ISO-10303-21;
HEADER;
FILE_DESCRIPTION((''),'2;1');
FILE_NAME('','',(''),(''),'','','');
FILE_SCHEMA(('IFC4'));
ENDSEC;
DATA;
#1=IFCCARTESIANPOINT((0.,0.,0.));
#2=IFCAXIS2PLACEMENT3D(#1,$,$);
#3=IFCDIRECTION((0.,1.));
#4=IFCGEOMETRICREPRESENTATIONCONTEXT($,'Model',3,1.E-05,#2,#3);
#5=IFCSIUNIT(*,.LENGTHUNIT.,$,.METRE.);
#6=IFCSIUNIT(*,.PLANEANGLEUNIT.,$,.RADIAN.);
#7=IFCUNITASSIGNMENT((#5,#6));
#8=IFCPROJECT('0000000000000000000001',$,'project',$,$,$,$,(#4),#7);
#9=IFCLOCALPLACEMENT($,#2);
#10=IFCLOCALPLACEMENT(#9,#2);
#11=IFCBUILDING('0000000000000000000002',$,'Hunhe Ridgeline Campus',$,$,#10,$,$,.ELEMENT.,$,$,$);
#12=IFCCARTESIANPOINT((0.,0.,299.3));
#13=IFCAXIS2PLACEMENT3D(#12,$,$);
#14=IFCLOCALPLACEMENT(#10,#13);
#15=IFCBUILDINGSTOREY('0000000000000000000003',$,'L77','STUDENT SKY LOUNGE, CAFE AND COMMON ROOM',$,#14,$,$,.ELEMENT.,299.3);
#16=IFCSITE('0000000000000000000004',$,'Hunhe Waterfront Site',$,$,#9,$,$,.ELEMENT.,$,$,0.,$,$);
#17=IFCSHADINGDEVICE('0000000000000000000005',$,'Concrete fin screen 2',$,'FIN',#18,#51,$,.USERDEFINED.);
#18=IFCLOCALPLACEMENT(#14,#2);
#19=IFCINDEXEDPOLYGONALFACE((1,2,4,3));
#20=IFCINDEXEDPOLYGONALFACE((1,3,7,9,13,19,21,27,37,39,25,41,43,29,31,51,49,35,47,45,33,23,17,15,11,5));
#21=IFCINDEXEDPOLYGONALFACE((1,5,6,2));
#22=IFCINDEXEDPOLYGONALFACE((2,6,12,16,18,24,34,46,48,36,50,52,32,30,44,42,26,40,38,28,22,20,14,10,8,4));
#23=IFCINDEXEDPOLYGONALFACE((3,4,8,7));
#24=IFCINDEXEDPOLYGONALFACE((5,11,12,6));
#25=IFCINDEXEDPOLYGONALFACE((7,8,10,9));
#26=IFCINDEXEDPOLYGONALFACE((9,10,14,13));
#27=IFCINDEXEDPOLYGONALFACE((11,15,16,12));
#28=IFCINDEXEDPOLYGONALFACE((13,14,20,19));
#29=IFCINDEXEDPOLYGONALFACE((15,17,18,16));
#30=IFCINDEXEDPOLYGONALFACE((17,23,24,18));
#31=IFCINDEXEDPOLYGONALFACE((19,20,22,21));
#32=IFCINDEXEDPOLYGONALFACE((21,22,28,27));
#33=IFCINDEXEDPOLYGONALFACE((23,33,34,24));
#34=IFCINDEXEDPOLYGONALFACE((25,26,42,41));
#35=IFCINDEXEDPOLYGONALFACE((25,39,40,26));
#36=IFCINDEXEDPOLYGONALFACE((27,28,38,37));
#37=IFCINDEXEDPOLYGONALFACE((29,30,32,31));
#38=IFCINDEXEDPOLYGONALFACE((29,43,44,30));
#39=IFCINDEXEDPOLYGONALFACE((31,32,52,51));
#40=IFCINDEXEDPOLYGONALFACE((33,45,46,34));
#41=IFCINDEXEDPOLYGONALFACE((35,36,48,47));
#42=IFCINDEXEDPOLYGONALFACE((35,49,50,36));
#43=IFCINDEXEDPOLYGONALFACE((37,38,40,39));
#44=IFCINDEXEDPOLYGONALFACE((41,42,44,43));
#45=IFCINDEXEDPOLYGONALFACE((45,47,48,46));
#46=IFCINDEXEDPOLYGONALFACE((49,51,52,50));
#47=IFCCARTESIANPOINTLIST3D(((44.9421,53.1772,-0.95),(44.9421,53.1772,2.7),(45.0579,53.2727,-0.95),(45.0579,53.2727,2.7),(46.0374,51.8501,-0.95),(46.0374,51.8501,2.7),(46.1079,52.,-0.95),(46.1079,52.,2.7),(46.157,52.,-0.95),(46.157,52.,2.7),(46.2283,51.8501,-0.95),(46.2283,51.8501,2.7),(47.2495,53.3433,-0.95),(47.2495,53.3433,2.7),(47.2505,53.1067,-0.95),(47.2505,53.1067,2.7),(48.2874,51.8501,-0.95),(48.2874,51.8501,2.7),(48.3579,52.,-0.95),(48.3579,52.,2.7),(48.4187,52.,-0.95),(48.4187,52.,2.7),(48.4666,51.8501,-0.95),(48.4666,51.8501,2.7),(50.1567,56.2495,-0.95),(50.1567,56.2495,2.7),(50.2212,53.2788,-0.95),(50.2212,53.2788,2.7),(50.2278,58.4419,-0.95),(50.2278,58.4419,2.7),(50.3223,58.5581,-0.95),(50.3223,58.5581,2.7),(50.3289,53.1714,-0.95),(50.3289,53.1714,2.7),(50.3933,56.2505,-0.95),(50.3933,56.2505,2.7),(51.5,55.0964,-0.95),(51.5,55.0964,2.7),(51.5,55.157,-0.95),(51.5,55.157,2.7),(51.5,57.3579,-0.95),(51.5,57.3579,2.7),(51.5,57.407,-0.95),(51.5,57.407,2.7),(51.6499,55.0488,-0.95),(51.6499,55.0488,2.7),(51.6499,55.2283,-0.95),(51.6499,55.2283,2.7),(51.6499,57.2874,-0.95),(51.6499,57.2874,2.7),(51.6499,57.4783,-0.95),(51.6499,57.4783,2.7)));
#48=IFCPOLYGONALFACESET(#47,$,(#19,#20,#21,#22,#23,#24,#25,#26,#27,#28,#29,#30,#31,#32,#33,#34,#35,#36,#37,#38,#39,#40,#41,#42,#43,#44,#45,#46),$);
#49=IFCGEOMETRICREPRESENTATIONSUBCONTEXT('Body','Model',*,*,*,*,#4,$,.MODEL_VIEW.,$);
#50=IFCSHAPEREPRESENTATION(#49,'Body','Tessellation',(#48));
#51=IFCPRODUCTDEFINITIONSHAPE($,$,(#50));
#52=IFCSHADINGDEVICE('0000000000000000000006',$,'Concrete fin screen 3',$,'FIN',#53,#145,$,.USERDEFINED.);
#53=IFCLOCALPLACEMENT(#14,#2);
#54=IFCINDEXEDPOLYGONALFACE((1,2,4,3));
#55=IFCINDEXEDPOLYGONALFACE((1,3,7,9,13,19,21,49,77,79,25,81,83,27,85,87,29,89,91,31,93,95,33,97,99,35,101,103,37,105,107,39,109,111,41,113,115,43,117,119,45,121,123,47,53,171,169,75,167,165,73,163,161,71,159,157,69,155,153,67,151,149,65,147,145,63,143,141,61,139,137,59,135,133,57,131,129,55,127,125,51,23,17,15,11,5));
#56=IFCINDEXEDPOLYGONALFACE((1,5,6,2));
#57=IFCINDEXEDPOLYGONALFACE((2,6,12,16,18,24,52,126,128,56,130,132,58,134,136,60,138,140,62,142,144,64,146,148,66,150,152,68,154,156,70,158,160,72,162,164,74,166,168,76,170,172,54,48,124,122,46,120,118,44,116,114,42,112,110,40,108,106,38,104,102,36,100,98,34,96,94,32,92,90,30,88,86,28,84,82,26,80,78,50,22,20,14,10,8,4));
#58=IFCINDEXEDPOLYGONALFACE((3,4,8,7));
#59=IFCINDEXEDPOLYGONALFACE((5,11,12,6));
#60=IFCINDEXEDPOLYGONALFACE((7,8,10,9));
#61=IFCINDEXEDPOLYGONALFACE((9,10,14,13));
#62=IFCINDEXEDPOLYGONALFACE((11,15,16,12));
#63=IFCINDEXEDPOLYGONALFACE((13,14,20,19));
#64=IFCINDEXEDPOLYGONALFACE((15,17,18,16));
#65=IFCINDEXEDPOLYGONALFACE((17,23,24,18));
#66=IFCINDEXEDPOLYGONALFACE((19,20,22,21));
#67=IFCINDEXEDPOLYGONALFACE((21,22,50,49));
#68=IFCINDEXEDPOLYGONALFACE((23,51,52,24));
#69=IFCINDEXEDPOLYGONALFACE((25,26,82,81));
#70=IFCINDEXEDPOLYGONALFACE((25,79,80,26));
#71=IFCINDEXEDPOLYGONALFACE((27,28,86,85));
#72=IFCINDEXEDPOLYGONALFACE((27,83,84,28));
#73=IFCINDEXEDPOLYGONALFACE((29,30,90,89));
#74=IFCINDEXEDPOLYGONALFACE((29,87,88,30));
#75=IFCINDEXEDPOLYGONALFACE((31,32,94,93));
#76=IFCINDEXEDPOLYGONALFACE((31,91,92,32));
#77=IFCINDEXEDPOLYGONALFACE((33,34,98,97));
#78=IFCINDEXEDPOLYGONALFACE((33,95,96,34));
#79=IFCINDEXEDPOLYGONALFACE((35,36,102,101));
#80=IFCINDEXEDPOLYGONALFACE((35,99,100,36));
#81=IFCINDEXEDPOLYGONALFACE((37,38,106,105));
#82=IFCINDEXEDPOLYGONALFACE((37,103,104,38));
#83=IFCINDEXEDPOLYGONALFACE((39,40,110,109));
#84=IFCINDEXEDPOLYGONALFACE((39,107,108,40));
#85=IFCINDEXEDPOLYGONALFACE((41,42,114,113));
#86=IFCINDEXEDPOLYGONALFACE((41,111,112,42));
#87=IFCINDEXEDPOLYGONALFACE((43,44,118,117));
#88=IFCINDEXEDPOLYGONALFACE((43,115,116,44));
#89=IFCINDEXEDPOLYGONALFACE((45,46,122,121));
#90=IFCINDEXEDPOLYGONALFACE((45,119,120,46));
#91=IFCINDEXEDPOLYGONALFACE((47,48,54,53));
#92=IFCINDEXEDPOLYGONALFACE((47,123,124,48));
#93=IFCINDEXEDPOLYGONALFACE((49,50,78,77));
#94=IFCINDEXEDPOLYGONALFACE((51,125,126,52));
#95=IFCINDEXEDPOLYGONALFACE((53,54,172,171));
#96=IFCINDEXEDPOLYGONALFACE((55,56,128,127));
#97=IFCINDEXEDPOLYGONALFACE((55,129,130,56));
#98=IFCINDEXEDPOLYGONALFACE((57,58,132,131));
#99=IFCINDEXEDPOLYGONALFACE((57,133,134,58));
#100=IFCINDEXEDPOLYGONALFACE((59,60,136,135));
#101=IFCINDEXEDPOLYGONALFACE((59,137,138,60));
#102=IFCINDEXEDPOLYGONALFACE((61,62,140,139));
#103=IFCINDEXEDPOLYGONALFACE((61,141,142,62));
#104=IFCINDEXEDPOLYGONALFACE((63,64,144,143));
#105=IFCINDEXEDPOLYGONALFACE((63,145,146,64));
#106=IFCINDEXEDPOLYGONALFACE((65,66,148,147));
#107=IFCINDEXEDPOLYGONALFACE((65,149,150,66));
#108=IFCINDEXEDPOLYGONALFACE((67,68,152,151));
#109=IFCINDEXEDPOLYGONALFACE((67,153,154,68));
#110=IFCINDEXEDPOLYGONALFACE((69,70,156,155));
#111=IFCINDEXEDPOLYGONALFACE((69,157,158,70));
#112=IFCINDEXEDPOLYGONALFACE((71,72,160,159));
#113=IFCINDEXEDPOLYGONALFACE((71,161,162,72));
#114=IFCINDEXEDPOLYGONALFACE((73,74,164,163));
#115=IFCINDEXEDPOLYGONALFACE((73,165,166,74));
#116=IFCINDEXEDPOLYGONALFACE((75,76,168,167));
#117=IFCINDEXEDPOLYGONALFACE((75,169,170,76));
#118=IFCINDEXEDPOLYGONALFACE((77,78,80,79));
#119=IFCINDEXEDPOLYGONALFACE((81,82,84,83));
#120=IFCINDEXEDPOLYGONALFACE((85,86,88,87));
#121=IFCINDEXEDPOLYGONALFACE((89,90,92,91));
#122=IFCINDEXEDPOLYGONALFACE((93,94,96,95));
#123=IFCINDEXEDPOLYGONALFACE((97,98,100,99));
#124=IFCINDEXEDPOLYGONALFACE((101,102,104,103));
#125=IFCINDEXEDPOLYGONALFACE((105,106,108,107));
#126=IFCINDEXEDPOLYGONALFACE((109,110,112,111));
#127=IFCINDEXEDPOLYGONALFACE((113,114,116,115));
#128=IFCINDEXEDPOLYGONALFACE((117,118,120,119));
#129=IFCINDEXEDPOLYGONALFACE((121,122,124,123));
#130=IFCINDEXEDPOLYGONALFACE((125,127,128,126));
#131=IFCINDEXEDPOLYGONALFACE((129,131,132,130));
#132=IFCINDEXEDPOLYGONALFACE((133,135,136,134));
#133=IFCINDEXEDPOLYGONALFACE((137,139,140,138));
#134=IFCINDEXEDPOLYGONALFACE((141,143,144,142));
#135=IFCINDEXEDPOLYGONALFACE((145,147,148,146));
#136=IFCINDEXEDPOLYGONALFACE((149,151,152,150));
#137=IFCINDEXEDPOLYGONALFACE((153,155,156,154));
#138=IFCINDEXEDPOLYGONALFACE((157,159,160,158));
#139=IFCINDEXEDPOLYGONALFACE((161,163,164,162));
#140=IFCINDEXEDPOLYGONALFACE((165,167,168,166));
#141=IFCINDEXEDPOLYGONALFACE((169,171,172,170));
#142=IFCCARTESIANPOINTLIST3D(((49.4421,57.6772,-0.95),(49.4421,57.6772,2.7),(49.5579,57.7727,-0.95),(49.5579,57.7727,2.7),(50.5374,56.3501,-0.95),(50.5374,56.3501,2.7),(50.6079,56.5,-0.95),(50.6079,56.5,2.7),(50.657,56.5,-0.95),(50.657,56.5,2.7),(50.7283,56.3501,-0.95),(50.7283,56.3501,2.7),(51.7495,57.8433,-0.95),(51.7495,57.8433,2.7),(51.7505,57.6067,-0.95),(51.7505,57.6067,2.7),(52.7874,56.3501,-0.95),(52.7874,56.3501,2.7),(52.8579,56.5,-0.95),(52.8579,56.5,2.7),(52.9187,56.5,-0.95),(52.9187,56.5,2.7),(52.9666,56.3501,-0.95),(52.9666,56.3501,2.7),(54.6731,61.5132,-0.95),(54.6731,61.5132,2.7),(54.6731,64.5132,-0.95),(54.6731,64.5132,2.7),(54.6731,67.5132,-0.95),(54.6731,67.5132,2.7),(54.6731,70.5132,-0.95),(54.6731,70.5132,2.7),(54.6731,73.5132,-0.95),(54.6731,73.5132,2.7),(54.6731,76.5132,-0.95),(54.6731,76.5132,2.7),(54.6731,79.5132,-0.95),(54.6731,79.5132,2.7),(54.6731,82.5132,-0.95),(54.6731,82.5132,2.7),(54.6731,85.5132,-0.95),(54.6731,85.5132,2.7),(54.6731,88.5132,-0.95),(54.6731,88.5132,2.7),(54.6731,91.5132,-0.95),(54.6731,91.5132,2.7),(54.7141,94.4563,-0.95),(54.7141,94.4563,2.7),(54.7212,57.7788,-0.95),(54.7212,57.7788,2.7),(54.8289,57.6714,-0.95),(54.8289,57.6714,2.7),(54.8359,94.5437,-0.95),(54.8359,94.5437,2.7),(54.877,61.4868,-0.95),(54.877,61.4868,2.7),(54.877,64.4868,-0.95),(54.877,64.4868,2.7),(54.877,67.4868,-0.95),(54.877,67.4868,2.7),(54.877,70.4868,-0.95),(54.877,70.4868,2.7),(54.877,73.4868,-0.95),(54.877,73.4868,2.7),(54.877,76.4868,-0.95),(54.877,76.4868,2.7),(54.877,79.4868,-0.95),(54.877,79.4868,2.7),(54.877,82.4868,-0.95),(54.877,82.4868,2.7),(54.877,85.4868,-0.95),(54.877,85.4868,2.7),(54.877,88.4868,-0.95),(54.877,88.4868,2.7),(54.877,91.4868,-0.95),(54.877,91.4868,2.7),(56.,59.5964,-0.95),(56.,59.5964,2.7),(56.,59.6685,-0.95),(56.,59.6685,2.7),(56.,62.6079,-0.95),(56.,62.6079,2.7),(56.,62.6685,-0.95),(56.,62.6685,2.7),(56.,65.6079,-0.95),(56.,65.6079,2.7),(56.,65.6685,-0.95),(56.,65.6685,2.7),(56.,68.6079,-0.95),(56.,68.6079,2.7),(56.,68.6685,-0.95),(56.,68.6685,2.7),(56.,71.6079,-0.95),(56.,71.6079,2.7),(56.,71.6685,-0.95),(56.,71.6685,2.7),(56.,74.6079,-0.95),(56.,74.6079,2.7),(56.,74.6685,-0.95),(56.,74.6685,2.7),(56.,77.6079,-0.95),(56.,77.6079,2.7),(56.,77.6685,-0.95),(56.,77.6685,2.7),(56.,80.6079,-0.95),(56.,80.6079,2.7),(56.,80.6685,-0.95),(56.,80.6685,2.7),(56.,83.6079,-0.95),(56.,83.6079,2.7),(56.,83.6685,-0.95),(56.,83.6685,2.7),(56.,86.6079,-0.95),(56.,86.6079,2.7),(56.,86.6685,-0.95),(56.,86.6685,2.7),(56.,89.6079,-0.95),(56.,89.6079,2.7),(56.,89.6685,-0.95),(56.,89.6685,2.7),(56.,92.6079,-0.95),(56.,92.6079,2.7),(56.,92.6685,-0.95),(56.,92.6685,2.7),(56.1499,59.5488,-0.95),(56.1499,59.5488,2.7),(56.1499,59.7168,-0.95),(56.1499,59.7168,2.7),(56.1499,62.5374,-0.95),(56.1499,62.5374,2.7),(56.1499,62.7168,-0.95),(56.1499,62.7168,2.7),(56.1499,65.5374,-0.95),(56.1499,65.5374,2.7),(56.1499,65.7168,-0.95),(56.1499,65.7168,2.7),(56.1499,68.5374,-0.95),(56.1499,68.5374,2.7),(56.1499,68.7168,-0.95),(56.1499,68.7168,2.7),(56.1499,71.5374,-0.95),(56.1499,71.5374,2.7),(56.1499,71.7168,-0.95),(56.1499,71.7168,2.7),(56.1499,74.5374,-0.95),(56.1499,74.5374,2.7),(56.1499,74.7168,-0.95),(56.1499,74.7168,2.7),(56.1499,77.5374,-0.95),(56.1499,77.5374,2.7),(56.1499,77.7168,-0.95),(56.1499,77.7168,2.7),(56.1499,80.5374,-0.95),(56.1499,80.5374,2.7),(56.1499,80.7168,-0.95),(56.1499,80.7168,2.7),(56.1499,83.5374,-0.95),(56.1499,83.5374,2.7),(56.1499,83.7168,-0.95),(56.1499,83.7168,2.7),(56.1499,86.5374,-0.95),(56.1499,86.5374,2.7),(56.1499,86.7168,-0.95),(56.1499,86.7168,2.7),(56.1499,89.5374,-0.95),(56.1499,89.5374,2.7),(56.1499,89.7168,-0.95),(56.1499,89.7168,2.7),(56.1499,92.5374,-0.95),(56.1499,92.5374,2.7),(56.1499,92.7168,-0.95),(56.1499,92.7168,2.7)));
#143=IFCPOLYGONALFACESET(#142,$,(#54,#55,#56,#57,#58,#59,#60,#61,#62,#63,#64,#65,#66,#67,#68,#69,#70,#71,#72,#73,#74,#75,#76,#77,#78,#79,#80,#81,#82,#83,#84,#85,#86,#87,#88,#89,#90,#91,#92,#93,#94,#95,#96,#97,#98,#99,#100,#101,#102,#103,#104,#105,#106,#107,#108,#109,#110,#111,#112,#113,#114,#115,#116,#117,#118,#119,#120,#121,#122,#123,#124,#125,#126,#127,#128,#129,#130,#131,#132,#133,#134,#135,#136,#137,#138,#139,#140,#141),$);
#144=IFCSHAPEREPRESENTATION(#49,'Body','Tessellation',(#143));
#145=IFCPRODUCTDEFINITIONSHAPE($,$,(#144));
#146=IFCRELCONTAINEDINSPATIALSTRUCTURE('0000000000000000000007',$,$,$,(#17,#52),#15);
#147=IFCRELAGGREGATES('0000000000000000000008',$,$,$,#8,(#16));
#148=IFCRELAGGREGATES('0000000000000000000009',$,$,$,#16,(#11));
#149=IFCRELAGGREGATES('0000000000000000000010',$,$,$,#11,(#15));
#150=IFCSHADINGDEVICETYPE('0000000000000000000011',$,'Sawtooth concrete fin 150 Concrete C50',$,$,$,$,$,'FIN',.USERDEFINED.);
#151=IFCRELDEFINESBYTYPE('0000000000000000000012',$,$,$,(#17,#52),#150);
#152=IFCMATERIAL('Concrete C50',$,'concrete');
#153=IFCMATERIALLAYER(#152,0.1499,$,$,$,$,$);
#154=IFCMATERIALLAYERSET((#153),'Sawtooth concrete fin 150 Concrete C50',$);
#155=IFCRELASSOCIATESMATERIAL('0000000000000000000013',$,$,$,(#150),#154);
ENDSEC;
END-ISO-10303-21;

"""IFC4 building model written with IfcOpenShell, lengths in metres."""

from ifc_helpers import new_model, si_unit, direction, frame, origin, place, context, subcontext, project, spatial, polyline, outline, extrude, material, layer, layer_set, type_object, element, save


model = new_model("IFC4")

# Units and contexts
model_context = context("Model", 3, precision=1e-05, world=origin(), true_north=direction((0.0, 1.0)))
body_context = subcontext(model_context, "Body", "Model", "MODEL_VIEW")
ifc_project = project(units=[si_unit("LENGTHUNIT", "METRE"), si_unit("PLANEANGLEUNIT", "RADIAN")], contexts=[model_context])

# Site, building, storey
site_placement = place(None, origin())
site = spatial("IfcSite", under=ifc_project, at=site_placement, Name="Hunhe Waterfront Site", CompositionType="ELEMENT", RefElevation=0.0)
building_placement = place(site_placement, origin())
building = spatial("IfcBuilding", under=site, at=building_placement, Name="Hunhe Ridgeline Campus", CompositionType="ELEMENT")
storey_placement = place(building_placement, frame((0.0, 0.0, 299.3)))
storey = spatial("IfcBuildingStorey", under=building, at=storey_placement, Name="L77", Description="STUDENT SKY LOUNGE, CAFE AND COMMON ROOM", CompositionType="ELEMENT", Elevation=299.3)

# Shared definitions
ifc_material_1 = material(Name="Concrete C50", Category="concrete")

# Shading devices
ifc_layer_1 = layer(ifc_material_1, 0.1499)
ifc_layer_set_1 = layer_set([ifc_layer_1], Name="Sawtooth concrete fin 150 Concrete C50")
shading_device_type = type_object("IfcShadingDeviceType", Name="Sawtooth concrete fin 150 Concrete C50", ElementType="FIN", PredefinedType="USERDEFINED", material=ifc_layer_set_1)
shading_device_1_placement = place(storey_placement, frame((0.0, 0.0, -0.95)))
element("IfcShadingDevice", 1, at=shading_device_1_placement, inside=storey, type_object=shading_device_type, Name="Concrete fin screen 2", ObjectType="FIN", PredefinedType="USERDEFINED", context=body_context, shape_type="SweptSolid", body=[
    extrude(outline(polyline([(45.0579, 53.2727), (44.9421, 53.1772), (46.0374, 51.8501), (46.2283, 51.8501), (47.2505, 53.1067), (48.2874, 51.8501), (48.4666, 51.8501), (50.3289, 53.1714), (51.6499, 55.0488), (51.6499, 55.2283), (50.3933, 56.2505), (51.6499, 57.2874), (51.6499, 57.4783), (50.3223, 58.5581), (50.2278, 58.4419), (51.5, 57.407), (51.5, 57.3579), (50.1567, 56.2495), (51.5, 55.157), (51.5, 55.0964), (50.2212, 53.2788), (48.4187, 52.0), (48.3579, 52.0), (47.2495, 53.3433), (46.157, 52.0), (46.1079, 52.0), (45.0579, 53.2727)])), origin(), (0.0, 0.0, 1.0), 3.6499),
])
shading_device_2_placement = place(storey_placement, frame((0.0, 0.0, -0.95)))
element("IfcShadingDevice", 2, at=shading_device_2_placement, inside=storey, type_object=shading_device_type, Name="Concrete fin screen 3", ObjectType="FIN", PredefinedType="USERDEFINED", context=body_context, shape_type="SweptSolid", body=[
    extrude(outline(polyline([(49.5579, 57.7727), (49.4421, 57.6772), (50.5374, 56.3501), (50.7283, 56.3501), (51.7505, 57.6067), (52.7874, 56.3501), (52.9666, 56.3501), (54.8289, 57.6714), (56.1499, 59.5488), (56.1499, 59.7168), (54.877, 61.4868), (56.1499, 62.5374), (56.1499, 62.7168), (54.877, 64.4868), (56.1499, 65.5374), (56.1499, 65.7168), (54.877, 67.4868), (56.1499, 68.5374), (56.1499, 68.7168), (54.877, 70.4868), (56.1499, 71.5374), (56.1499, 71.7168), (54.877, 73.4868), (56.1499, 74.5374), (56.1499, 74.7168), (54.877, 76.4868), (56.1499, 77.5374), (56.1499, 77.7168), (54.877, 79.4868), (56.1499, 80.5374), (56.1499, 80.7168), (54.877, 82.4868), (56.1499, 83.5374), (56.1499, 83.7168), (54.877, 85.4868), (56.1499, 86.5374), (56.1499, 86.7168), (54.877, 88.4868), (56.1499, 89.5374), (56.1499, 89.7168), (54.877, 91.4868), (56.1499, 92.5374), (56.1499, 92.7168), (54.8359, 94.5437), (54.7141, 94.4563), (56.0, 92.6685), (56.0, 92.6079), (54.6731, 91.5132), (56.0, 89.6685), (56.0, 89.6079), (54.6731, 88.5132), (56.0, 86.6685), (56.0, 86.6079), (54.6731, 85.5132), (56.0, 83.6685), (56.0, 83.6079), (54.6731, 82.5132), (56.0, 80.6685), (56.0, 80.6079), (54.6731, 79.5132), (56.0, 77.6685), (56.0, 77.6079), (54.6731, 76.5132), (56.0, 74.6685), (56.0, 74.6079), (54.6731, 73.5132), (56.0, 71.6685), (56.0, 71.6079), (54.6731, 70.5132), (56.0, 68.6685), (56.0, 68.6079), (54.6731, 67.5132), (56.0, 65.6685), (56.0, 65.6079), (54.6731, 64.5132), (56.0, 62.6685), (56.0, 62.6079), (54.6731, 61.5132), (56.0, 59.6685), (56.0, 59.5964), (54.7212, 57.7788), (52.9187, 56.5), (52.8579, 56.5), (51.7495, 57.8433), (50.657, 56.5), (50.6079, 56.5), (49.5579, 57.7727)])), origin(), (0.0, 0.0, 1.0), 3.6499),
])

save(model, "model.ifc")
